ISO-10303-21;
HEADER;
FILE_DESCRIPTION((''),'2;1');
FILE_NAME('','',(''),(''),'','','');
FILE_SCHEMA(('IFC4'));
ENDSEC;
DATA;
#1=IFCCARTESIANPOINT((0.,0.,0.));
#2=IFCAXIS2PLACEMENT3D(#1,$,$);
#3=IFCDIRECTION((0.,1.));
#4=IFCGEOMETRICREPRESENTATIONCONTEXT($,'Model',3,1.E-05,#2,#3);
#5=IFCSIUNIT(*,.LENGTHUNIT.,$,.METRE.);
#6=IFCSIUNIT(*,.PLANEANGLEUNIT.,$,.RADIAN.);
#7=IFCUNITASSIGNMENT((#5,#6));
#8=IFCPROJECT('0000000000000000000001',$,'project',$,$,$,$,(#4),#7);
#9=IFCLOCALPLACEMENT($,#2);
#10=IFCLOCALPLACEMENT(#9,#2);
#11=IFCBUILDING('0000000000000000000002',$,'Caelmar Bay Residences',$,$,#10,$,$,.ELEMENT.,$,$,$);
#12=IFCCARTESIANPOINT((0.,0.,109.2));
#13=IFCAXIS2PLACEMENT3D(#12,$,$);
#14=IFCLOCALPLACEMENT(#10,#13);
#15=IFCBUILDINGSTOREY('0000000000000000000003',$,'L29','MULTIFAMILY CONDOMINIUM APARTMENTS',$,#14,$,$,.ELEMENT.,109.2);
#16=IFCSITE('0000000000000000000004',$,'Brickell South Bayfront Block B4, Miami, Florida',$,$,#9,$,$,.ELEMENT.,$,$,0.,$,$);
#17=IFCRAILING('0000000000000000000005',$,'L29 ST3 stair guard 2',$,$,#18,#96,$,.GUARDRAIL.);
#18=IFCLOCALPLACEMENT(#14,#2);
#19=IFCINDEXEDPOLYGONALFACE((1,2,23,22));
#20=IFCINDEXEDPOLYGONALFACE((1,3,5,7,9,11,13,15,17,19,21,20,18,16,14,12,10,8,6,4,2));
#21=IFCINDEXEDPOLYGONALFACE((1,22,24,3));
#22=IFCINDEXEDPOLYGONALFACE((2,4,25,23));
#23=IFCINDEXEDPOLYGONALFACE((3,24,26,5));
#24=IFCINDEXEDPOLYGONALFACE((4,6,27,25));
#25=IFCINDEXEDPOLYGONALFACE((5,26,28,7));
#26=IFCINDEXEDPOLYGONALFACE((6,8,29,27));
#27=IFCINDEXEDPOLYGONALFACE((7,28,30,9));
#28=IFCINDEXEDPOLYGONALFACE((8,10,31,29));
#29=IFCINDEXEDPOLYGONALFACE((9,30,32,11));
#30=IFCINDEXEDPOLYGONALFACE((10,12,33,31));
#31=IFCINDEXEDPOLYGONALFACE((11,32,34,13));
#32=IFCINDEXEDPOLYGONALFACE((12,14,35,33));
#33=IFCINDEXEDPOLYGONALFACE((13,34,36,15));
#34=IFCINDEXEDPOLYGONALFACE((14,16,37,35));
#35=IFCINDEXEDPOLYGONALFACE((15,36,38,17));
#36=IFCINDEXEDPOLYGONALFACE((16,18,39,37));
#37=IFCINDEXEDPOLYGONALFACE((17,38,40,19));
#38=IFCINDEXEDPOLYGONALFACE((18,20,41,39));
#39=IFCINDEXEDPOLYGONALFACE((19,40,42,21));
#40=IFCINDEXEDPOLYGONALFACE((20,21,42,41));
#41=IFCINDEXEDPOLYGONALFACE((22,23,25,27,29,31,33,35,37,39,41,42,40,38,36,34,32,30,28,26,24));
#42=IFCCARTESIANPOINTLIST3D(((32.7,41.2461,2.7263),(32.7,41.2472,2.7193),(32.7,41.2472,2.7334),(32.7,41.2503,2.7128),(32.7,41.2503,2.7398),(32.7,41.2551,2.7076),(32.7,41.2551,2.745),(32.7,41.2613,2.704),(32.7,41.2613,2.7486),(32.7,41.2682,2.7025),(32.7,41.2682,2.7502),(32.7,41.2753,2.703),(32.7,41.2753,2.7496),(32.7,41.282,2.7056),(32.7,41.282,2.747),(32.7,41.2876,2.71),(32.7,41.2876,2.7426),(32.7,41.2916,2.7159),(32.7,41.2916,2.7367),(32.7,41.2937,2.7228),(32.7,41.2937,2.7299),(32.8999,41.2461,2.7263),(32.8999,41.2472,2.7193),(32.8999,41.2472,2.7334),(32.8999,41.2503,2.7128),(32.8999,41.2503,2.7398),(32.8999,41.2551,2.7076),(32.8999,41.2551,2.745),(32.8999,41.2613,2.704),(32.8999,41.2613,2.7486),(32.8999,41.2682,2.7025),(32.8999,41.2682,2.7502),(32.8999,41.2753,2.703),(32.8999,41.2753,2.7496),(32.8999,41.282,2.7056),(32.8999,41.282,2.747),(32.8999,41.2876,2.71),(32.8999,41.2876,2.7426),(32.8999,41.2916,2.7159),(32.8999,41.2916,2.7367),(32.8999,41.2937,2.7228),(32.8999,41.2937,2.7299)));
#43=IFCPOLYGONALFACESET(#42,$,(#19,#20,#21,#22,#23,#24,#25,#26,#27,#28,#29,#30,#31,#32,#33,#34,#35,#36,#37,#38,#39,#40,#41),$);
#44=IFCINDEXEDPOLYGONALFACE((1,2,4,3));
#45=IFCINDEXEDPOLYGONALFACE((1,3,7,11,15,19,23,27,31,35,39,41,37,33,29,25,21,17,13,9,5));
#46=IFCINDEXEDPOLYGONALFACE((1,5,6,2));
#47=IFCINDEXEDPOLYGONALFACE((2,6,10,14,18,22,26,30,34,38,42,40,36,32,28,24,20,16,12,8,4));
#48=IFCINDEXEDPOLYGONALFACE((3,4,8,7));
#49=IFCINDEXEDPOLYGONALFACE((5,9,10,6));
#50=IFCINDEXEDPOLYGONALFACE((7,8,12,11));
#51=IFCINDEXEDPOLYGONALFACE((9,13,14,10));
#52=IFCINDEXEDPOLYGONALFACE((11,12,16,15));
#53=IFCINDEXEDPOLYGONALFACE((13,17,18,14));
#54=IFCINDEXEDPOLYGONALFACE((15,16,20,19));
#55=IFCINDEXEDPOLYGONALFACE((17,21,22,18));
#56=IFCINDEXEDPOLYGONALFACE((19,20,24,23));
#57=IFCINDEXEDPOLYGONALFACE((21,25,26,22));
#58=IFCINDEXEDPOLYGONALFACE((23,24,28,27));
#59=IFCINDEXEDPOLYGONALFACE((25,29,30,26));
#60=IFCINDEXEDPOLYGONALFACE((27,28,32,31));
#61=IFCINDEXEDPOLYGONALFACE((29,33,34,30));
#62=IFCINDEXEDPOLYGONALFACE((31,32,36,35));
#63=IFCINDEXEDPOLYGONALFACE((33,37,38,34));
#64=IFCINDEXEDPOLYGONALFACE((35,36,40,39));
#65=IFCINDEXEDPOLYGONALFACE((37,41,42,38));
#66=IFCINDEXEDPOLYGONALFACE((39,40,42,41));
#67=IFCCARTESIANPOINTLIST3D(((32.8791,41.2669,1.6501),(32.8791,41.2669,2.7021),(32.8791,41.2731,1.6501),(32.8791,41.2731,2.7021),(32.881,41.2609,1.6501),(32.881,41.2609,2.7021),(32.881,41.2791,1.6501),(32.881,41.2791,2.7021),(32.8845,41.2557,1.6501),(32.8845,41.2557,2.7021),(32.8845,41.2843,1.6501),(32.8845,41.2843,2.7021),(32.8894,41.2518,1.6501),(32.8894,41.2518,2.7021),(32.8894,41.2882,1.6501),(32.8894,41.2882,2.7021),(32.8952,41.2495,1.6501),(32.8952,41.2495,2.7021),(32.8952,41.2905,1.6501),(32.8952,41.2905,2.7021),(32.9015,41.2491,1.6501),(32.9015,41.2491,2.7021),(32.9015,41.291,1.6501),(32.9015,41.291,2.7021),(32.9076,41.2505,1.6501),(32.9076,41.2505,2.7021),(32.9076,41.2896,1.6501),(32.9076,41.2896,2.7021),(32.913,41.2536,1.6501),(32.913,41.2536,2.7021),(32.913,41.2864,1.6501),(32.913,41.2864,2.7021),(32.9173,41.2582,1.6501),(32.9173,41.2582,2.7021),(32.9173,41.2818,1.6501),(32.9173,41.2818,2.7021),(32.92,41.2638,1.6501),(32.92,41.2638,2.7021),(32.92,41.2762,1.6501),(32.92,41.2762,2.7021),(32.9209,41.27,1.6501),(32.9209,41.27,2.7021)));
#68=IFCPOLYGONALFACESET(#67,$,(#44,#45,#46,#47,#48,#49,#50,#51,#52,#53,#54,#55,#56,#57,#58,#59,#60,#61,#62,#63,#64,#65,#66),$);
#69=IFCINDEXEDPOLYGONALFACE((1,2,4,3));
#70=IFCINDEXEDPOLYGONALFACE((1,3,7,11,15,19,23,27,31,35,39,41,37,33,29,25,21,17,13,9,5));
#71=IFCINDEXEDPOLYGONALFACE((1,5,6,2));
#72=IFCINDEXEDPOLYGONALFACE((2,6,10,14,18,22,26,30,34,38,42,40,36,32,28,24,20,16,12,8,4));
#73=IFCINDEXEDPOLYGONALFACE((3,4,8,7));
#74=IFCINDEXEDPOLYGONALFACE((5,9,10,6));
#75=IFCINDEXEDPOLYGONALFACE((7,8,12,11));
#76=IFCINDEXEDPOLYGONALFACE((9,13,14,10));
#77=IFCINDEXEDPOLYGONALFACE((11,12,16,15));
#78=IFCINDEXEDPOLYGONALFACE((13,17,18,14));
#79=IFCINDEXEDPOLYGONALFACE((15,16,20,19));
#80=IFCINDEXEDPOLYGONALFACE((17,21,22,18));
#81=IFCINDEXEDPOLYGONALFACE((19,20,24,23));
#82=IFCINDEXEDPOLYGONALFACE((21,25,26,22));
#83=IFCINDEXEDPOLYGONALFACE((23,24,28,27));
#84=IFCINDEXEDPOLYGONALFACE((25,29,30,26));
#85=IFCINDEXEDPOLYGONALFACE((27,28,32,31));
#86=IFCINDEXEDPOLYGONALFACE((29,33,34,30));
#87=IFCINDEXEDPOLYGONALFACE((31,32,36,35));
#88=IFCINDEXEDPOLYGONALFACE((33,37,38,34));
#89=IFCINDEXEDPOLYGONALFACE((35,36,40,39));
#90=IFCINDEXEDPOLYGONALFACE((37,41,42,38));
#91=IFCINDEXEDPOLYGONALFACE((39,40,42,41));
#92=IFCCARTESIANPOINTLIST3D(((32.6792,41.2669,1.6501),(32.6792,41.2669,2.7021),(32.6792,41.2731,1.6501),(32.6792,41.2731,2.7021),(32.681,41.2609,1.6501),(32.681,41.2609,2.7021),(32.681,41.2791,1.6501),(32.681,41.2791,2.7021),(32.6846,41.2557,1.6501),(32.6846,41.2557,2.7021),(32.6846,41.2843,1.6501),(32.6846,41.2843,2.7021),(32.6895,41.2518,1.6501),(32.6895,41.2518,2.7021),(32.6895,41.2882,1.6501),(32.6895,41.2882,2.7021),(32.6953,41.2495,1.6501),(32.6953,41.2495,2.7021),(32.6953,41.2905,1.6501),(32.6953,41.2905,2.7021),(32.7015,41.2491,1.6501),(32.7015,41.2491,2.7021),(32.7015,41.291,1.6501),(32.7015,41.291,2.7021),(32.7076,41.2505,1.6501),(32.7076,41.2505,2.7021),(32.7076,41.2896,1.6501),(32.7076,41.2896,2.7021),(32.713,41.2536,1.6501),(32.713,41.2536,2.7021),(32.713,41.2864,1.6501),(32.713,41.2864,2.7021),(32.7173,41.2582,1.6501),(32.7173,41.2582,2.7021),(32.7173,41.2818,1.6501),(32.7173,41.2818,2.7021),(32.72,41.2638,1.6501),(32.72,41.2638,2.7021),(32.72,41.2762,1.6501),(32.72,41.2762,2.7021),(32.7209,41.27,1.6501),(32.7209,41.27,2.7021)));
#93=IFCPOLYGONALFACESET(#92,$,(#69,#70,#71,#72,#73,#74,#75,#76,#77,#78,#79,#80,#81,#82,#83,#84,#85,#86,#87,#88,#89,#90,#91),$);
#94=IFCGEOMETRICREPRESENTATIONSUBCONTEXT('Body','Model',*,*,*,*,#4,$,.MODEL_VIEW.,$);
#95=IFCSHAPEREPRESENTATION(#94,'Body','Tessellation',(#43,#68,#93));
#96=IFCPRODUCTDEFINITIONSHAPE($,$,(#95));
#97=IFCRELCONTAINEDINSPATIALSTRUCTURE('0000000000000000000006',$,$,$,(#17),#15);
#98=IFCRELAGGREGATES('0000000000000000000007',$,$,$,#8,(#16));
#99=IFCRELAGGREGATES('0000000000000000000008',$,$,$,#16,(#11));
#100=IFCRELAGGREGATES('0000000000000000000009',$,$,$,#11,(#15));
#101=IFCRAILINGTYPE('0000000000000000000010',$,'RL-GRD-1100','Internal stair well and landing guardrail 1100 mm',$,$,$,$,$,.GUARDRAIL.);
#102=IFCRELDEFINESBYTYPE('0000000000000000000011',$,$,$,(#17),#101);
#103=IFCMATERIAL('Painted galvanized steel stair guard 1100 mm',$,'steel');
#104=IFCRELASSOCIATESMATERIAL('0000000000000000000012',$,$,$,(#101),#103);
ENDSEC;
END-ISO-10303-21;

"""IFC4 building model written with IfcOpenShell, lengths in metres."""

from ifc_helpers import new_model, si_unit, direction, frame, origin, origin_2d, place, context, subcontext, project, spatial, circle, extrude, material, type_object, element, save


model = new_model("IFC4")

# Units and contexts
model_context = context("Model", 3, precision=1e-05, world=origin(), true_north=direction((0.0, 1.0)))
body_context = subcontext(model_context, "Body", "Model", "MODEL_VIEW")
ifc_project = project(units=[si_unit("LENGTHUNIT", "METRE"), si_unit("PLANEANGLEUNIT", "RADIAN")], contexts=[model_context])

# Site, building, storey
site_placement = place(None, origin())
site = spatial("IfcSite", under=ifc_project, at=site_placement, Name="Brickell South Bayfront Block B4, Miami, Florida", CompositionType="ELEMENT", RefElevation=0.0)
building_placement = place(site_placement, origin())
building = spatial("IfcBuilding", under=site, at=building_placement, Name="Caelmar Bay Residences", CompositionType="ELEMENT")
storey_placement = place(building_placement, frame((0.0, 0.0, 109.2)))
storey = spatial("IfcBuildingStorey", under=building, at=storey_placement, Name="L29", Description="MULTIFAMILY CONDOMINIUM APARTMENTS", CompositionType="ELEMENT", Elevation=109.2)

# Railing
ifc_material_1 = material(Name="Painted galvanized steel stair guard 1100 mm", Category="steel")
railing_type_1 = type_object("IfcRailingType", Name="RL-GRD-1100", Description="Internal stair well and landing guardrail 1100 mm", PredefinedType="GUARDRAIL", material=ifc_material_1)
railing_1_placement = place(storey_placement, frame((32.8999, 41.27, 1.6501)))
element("IfcRailing", 1, at=railing_1_placement, inside=storey, type_object=railing_type_1, Name="L29 ST3 stair guard 2", PredefinedType="GUARDRAIL", context=body_context, shape_type="SweptSolid", body=[
    extrude(circle(Radius=0.0239, at=origin_2d()), frame((0.0, 0.0, 1.0762), z_axis=(-1.0, 0.0, 0.0), x_axis=(0.0, -1.0, 0.0)), (0.0, 0.0, 1.0), 0.2),
    extrude(circle(Radius=0.021, at=origin_2d()), origin(), (0.0, 0.0, 1.0), 1.052),
    extrude(circle(Radius=0.021, at=origin_2d()), frame((-0.2, 0.0, 0.0)), (0.0, 0.0, 1.0), 1.052),
])

save(model, "model.ifc")
